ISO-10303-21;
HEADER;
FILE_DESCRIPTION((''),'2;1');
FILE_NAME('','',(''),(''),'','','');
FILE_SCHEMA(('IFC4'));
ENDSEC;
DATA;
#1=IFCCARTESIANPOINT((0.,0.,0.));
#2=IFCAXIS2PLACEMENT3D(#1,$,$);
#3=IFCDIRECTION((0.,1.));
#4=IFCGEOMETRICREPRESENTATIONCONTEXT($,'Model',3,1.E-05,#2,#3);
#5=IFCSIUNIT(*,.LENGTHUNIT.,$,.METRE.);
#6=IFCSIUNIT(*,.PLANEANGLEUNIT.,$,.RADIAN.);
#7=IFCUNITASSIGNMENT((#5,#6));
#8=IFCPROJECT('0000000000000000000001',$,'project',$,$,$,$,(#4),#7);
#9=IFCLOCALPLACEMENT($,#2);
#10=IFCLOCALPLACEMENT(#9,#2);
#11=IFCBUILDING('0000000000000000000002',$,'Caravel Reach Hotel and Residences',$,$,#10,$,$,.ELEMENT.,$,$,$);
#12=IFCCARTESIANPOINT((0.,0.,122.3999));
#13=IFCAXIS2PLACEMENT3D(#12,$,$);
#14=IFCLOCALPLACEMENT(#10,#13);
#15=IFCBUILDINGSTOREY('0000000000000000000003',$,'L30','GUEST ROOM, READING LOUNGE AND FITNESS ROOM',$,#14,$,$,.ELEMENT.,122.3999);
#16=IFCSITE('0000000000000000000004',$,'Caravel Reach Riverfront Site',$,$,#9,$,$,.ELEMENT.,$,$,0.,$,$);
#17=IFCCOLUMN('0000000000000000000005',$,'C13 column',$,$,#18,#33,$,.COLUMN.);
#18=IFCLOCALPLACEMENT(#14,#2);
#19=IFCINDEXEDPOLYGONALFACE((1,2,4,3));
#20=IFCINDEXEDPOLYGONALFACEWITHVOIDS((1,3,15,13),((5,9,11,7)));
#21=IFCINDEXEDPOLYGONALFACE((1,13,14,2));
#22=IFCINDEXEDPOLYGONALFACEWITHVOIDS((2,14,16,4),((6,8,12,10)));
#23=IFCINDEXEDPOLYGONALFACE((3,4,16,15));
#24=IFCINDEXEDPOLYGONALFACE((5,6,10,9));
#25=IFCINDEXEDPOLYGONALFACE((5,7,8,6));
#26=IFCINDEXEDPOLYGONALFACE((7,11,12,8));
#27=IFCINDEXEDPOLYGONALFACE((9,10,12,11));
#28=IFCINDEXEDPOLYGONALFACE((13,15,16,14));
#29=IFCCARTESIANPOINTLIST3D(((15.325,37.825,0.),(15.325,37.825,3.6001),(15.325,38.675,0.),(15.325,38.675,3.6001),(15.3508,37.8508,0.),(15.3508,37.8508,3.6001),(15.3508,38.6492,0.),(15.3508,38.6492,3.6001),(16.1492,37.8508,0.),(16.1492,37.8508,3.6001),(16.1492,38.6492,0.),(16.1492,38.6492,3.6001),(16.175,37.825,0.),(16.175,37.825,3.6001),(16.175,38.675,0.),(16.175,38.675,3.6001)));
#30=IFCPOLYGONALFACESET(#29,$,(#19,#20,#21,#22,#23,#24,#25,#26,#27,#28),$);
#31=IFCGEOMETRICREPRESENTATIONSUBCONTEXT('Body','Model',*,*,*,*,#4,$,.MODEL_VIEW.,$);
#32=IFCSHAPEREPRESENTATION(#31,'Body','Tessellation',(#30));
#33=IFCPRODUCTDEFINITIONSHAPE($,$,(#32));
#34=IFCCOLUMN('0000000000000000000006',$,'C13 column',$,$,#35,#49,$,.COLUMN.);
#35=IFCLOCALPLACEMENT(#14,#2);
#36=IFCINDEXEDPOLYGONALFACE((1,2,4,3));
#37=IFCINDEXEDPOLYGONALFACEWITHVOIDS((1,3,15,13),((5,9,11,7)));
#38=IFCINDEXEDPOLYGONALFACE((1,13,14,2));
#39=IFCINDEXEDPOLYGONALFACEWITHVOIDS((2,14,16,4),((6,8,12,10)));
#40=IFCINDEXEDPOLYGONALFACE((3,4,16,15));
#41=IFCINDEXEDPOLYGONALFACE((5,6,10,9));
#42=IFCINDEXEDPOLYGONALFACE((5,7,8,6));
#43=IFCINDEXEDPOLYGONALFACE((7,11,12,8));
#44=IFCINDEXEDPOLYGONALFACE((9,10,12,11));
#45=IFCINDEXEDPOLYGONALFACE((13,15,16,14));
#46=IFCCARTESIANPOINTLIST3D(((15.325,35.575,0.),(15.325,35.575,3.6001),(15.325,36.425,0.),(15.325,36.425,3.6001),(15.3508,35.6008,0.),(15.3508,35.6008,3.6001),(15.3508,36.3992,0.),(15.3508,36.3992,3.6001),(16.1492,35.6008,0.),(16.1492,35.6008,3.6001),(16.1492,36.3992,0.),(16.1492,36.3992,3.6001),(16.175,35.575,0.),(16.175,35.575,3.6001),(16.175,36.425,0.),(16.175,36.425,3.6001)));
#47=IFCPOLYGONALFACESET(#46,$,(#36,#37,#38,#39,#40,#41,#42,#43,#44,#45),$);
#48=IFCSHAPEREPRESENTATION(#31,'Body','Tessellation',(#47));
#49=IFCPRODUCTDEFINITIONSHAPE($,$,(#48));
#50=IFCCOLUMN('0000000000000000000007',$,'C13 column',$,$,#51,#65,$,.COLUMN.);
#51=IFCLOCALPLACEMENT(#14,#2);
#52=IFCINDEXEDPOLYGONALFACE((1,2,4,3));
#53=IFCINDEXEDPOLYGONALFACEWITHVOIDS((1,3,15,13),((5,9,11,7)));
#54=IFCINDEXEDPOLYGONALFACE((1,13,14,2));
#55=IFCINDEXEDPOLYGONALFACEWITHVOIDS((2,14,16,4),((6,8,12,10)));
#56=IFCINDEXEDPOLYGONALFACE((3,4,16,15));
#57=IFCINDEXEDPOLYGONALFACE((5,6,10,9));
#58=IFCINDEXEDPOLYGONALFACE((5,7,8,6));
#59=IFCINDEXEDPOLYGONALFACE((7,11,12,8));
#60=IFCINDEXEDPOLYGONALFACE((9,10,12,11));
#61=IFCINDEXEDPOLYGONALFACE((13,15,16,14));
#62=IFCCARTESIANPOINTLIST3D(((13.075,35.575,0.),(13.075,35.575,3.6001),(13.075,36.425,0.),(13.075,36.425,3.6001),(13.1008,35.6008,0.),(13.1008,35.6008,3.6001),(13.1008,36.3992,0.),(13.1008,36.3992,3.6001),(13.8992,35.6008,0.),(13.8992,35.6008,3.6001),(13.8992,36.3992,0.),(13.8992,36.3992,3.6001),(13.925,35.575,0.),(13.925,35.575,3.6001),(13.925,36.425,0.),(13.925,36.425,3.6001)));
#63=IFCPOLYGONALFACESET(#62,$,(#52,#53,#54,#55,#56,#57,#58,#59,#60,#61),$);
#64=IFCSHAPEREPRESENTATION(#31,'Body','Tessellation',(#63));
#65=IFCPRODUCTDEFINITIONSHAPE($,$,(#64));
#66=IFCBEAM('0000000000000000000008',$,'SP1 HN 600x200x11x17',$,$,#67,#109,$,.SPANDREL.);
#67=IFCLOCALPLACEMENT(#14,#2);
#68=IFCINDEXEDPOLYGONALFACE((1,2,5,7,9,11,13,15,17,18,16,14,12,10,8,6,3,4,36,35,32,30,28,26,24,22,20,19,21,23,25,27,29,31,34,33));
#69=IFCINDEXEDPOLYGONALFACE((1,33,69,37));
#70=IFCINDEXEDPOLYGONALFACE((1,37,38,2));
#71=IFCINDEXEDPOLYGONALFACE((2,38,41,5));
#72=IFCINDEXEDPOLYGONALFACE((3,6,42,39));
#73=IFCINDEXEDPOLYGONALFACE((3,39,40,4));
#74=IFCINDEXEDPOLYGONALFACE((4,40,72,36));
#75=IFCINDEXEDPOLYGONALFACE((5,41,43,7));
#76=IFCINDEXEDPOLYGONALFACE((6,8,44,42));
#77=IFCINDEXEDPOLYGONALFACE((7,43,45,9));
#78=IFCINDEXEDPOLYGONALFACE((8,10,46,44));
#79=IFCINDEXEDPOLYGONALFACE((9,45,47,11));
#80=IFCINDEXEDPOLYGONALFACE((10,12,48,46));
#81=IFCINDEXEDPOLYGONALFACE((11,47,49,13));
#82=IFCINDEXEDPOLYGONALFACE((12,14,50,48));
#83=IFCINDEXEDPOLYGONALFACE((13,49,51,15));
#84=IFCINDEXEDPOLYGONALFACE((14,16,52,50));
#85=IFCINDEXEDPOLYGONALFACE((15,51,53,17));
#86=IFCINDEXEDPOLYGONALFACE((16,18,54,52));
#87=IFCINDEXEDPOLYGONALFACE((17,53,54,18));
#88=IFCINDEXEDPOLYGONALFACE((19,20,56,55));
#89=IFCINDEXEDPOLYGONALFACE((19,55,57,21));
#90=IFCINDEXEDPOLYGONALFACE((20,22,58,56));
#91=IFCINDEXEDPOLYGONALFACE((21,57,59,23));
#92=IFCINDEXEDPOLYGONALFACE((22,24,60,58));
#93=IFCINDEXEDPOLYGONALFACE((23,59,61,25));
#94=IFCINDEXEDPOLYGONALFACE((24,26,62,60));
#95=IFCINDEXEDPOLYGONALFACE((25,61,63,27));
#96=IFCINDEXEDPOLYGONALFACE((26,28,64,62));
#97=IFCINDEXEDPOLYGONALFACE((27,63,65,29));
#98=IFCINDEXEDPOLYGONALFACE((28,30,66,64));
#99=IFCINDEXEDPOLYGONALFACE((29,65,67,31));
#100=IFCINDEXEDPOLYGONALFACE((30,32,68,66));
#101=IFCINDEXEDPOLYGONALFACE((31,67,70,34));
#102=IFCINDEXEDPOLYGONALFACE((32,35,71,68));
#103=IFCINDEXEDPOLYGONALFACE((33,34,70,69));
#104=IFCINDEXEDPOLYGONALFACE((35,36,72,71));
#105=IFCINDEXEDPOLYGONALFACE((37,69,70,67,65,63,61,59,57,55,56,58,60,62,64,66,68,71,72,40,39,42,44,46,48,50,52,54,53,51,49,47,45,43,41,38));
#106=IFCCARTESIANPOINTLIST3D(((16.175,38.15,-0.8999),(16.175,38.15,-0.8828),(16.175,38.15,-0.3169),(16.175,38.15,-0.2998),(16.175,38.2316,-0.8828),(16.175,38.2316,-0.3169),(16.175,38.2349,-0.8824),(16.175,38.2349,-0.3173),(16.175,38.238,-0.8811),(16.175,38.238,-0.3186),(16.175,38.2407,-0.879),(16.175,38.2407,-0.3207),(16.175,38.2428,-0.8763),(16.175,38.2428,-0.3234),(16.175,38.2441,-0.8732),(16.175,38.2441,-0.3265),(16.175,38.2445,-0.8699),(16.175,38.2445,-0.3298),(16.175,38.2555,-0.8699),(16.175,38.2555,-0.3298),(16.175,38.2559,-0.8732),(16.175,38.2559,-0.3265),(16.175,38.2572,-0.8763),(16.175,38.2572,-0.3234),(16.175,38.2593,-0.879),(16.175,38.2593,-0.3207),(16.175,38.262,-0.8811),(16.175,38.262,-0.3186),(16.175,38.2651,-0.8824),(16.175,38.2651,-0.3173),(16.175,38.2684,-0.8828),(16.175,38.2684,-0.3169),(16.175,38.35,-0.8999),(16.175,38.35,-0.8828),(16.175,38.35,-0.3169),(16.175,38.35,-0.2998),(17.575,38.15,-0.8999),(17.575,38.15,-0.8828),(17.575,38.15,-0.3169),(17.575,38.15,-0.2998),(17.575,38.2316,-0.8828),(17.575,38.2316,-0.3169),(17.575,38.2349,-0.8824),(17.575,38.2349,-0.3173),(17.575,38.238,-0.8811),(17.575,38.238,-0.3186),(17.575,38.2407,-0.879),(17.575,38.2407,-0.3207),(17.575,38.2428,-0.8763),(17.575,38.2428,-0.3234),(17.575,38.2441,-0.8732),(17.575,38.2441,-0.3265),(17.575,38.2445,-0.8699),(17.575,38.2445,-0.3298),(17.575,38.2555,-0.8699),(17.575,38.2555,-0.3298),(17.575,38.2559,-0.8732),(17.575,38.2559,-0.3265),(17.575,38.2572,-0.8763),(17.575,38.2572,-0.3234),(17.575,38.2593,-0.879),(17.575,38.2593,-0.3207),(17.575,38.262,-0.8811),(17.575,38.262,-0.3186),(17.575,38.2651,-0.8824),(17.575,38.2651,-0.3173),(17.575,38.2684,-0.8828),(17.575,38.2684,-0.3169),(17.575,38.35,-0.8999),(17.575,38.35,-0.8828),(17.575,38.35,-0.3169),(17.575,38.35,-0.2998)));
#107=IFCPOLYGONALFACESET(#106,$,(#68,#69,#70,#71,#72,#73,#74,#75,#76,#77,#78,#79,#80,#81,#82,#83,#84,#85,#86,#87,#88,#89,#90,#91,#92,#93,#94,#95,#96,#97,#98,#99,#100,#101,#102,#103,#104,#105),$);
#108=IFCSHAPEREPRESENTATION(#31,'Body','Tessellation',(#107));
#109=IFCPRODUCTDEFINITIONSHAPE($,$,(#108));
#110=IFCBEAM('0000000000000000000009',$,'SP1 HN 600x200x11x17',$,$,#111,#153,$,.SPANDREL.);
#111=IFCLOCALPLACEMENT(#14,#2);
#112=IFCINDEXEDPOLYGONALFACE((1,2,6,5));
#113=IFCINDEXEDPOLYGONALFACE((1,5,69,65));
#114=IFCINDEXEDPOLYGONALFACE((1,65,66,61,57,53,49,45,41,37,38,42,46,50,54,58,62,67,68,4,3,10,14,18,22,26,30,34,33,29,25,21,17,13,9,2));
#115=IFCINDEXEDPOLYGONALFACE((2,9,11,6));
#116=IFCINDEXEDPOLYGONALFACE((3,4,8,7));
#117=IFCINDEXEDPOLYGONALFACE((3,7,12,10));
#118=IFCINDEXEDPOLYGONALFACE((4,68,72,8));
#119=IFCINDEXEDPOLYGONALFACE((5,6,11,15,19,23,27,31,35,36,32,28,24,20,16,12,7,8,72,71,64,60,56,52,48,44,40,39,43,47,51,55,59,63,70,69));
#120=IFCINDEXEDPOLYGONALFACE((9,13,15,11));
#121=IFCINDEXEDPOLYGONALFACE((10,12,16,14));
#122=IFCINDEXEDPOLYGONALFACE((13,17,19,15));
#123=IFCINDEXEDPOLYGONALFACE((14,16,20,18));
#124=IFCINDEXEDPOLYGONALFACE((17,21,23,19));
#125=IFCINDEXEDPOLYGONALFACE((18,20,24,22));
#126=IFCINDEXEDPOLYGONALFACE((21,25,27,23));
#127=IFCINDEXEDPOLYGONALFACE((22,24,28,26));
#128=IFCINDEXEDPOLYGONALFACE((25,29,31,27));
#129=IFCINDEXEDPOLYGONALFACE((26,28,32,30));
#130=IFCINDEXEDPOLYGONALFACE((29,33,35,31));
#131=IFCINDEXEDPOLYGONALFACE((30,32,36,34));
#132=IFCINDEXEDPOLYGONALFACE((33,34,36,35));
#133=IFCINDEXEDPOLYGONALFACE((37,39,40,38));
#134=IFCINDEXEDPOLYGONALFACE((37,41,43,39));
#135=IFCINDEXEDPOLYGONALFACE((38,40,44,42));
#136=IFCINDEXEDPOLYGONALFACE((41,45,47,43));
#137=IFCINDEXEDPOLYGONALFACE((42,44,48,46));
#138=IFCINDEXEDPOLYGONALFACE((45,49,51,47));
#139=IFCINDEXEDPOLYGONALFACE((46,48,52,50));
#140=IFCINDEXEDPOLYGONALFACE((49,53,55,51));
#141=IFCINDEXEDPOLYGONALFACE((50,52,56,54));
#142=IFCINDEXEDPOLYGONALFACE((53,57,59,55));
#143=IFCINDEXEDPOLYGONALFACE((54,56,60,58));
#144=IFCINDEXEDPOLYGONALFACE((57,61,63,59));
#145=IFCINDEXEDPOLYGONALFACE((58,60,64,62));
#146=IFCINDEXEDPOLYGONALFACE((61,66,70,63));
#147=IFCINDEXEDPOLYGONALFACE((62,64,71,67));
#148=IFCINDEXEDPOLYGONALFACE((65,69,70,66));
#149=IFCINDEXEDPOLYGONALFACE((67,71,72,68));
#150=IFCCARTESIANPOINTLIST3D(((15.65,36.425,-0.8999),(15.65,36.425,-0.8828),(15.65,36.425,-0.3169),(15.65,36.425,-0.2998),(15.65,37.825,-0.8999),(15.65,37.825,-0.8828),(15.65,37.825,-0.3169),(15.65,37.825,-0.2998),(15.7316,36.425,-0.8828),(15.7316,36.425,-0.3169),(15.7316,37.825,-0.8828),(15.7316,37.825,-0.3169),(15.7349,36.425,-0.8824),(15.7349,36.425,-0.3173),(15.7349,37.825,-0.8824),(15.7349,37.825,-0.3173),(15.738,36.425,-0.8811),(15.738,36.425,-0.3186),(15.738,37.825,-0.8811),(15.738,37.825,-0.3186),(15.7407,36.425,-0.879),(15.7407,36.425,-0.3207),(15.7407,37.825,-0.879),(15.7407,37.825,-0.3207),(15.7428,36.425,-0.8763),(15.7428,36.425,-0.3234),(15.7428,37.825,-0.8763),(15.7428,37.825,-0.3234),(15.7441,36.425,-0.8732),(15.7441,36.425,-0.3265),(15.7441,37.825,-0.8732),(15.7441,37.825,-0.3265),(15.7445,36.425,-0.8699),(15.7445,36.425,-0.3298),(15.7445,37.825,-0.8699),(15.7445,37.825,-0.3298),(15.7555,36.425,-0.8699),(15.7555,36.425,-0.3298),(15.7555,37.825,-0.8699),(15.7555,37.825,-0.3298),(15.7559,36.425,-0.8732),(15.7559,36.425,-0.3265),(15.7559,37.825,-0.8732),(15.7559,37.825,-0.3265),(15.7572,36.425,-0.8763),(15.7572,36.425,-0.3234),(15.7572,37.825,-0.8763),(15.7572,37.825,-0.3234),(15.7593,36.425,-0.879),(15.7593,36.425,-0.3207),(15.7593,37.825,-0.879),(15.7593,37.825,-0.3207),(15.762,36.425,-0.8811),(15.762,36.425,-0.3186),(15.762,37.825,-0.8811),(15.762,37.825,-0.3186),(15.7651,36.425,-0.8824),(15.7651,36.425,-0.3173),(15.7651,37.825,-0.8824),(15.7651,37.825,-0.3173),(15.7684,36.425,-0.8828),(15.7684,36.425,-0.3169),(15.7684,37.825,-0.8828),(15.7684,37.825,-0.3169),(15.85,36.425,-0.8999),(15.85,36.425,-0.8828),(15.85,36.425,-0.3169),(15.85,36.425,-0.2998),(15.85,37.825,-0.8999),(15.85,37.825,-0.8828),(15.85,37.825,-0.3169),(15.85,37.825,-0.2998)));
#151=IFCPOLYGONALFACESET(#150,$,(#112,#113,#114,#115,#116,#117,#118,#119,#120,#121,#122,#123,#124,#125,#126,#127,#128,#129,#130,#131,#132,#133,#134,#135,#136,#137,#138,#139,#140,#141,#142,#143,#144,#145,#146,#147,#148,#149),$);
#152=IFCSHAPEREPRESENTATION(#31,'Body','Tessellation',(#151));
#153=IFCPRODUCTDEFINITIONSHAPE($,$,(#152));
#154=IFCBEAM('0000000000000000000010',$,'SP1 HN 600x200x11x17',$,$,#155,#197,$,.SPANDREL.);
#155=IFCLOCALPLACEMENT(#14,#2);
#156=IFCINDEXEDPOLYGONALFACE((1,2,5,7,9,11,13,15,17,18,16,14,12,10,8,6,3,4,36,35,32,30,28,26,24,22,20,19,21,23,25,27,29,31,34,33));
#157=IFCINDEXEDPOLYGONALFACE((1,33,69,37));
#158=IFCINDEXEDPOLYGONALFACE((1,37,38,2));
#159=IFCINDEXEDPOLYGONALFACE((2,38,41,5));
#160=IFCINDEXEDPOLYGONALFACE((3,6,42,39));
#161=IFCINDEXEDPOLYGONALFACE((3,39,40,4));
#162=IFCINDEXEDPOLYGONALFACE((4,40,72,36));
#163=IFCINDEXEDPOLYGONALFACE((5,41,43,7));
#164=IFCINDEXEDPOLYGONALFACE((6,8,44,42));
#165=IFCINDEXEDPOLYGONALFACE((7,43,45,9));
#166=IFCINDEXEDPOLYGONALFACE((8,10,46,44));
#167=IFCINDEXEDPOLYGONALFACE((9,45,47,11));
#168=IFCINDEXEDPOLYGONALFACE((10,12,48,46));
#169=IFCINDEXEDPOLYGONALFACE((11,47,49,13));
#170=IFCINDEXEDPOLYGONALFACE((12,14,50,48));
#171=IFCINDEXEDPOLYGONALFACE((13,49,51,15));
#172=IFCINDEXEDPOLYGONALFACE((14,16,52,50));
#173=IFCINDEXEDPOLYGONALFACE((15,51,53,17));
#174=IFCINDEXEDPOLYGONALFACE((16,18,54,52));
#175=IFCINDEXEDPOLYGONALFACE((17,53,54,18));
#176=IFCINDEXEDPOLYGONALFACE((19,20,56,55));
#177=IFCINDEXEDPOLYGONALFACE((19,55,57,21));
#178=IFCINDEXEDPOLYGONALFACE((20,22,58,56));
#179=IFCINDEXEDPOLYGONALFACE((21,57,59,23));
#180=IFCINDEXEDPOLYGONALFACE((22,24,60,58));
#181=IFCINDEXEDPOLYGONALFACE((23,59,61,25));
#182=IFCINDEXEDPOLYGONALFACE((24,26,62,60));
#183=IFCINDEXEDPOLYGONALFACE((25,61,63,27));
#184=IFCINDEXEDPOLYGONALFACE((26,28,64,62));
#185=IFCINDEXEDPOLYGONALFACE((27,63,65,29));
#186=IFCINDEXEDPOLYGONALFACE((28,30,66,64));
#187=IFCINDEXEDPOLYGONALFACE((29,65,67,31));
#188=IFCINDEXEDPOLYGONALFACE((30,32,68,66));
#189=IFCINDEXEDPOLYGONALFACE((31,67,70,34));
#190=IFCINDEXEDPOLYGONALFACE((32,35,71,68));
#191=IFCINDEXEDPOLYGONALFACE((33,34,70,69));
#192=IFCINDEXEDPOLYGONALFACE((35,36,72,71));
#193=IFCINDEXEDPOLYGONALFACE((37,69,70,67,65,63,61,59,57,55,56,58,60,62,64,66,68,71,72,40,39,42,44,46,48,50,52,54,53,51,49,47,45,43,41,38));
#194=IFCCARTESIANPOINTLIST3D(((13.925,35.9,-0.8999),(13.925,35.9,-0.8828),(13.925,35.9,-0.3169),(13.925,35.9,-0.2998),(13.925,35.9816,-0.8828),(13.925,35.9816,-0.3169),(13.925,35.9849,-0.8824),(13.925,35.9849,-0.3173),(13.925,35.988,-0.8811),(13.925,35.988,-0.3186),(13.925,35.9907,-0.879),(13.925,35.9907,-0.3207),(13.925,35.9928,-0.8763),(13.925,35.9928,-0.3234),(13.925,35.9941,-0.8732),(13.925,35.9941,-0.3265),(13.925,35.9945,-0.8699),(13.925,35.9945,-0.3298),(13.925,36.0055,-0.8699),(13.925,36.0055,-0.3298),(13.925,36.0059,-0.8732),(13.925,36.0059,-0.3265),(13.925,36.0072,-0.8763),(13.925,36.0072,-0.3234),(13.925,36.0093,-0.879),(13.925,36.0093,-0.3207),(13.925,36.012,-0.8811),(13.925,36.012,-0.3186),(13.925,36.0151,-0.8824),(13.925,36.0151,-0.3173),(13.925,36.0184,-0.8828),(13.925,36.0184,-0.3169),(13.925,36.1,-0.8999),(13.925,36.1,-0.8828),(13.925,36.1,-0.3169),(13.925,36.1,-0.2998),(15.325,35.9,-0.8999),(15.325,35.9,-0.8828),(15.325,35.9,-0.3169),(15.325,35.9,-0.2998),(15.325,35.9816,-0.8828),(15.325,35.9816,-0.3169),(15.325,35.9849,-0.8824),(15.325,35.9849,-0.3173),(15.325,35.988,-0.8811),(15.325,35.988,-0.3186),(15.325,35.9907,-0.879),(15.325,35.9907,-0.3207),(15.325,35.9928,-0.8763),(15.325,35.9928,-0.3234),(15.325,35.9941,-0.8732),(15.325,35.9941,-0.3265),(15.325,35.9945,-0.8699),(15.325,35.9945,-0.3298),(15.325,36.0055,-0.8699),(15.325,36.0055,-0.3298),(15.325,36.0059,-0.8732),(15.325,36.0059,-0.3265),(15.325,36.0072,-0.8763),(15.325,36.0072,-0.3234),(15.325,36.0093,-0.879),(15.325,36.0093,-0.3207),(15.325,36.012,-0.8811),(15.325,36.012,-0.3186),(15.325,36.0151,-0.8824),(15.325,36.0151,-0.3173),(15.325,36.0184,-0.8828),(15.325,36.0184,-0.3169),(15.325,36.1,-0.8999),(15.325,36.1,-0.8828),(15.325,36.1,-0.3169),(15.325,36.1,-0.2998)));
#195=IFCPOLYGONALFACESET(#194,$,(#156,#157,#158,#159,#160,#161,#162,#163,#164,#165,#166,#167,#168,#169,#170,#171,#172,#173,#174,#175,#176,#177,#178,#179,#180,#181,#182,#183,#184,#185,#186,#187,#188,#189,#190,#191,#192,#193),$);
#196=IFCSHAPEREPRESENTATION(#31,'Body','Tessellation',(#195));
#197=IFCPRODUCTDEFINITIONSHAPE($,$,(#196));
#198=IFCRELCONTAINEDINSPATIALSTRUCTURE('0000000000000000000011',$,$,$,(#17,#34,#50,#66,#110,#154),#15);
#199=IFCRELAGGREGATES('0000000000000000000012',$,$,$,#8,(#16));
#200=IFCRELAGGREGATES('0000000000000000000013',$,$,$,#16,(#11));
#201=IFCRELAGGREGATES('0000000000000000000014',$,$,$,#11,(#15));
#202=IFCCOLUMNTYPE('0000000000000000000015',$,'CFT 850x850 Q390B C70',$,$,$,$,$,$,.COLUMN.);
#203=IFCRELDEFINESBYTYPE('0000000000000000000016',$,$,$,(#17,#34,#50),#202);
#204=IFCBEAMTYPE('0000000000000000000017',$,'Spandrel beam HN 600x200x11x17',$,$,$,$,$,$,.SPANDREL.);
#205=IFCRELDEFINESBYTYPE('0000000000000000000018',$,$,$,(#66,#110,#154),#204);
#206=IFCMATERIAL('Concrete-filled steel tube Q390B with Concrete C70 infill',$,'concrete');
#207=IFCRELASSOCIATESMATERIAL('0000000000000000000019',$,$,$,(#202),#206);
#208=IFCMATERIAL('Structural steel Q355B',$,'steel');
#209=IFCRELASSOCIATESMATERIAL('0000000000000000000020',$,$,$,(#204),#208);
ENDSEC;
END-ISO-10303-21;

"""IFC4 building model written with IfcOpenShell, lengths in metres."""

from ifc_helpers import new_model, si_unit, direction, frame, origin, origin_2d, place, context, subcontext, project, spatial, hollow_rectangle, i_section, extrude, material, material_profile, profile_set, type_object, element, save


model = new_model("IFC4")

# Units and contexts
model_context = context("Model", 3, precision=1e-05, world=origin(), true_north=direction((0.0, 1.0)))
body_context = subcontext(model_context, "Body", "Model", "MODEL_VIEW")
ifc_project = project(units=[si_unit("LENGTHUNIT", "METRE"), si_unit("PLANEANGLEUNIT", "RADIAN")], contexts=[model_context])

# Site, building, storey
site_placement = place(None, origin())
site = spatial("IfcSite", under=ifc_project, at=site_placement, Name="Caravel Reach Riverfront Site", CompositionType="ELEMENT", RefElevation=0.0)
building_placement = place(site_placement, origin())
building = spatial("IfcBuilding", under=site, at=building_placement, Name="Caravel Reach Hotel and Residences", CompositionType="ELEMENT")
storey_placement = place(building_placement, frame((0.0, 0.0, 122.3999)))
storey = spatial("IfcBuildingStorey", under=building, at=storey_placement, Name="L30", Description="GUEST ROOM, READING LOUNGE AND FITNESS ROOM", CompositionType="ELEMENT", Elevation=122.3999)

# Columns
ifc_material_1 = material(Name="Concrete-filled steel tube Q390B with Concrete C70 infill", Category="concrete")
ifc_material_profile_1 = material_profile(ifc_material_1, hollow_rectangle(XDim=0.8501, YDim=0.8501, WallThickness=0.0259, at=origin_2d()), Name="RHS 850x850x26")
ifc_profile_set_1 = profile_set([ifc_material_profile_1], Name="Concrete-filled steel tube Q390B with Concrete C70 infill")
column_type = type_object("IfcColumnType", Name="CFT 850x850 Q390B C70", PredefinedType="COLUMN", material=ifc_profile_set_1)
for number, where, z_axis, x_axis, name in (
    (1, (15.75, 38.25, 0.0), (0.0, 0.0, 1.0), (1.0, 0.0, 0.0), "C13 column"),
    (2, (15.75, 36.0, 0.0), (0.0, 0.0, 1.0), (1.0, 0.0, 0.0), "C13 column"),
    (3, (13.5, 36.0, 0.0), (0.0, 0.0, 1.0), (1.0, 0.0, 0.0), "C13 column"),
):
    element("IfcColumn", number, at=place(storey_placement, frame(where, z_axis=z_axis, x_axis=x_axis)), inside=storey, type_object=column_type, Name=name, PredefinedType="COLUMN", context=body_context, shape_type="SweptSolid", body=[
        extrude(hollow_rectangle(XDim=0.8501, YDim=0.8501, WallThickness=0.0259, at=origin_2d()), origin(), (0.0, 0.0, 1.0), 3.6001),
    ])

# Beams
ifc_material_2 = material(Name="Structural steel Q355B", Category="steel")
ifc_material_profile_2 = material_profile(ifc_material_2, i_section(OverallWidth=0.2, OverallDepth=0.6001, WebThickness=0.011, FlangeThickness=0.0171, FilletRadius=0.0129, at=origin_2d()), Name="HN 600x200x11x17")
ifc_profile_set_2 = profile_set([ifc_material_profile_2], Name="Structural steel Q355B")
beam_type = type_object("IfcBeamType", Name="Spandrel beam HN 600x200x11x17", PredefinedType="SPANDREL", material=ifc_profile_set_2)
for number, where, z_axis, x_axis, name in (
    (4, (17.575, 38.25, -0.5999), (-1.0, 0.0, 0.0), (0.0, -1.0, 0.0), "SP1 HN 600x200x11x17"),
    (5, (15.75, 37.825, -0.5999), (0.0, -1.0, 0.0), (1.0, 0.0, 0.0), "SP1 HN 600x200x11x17"),
    (6, (15.325, 36.0, -0.5999), (-1.0, 0.0, 0.0), (0.0, -1.0, 0.0), "SP1 HN 600x200x11x17"),
):
    element("IfcBeam", number, at=place(storey_placement, frame(where, z_axis=z_axis, x_axis=x_axis)), inside=storey, type_object=beam_type, Name=name, PredefinedType="SPANDREL", context=body_context, shape_type="SweptSolid", body=[
        extrude(i_section(OverallWidth=0.2, OverallDepth=0.6001, WebThickness=0.011, FlangeThickness=0.0171, FilletRadius=0.0129, at=origin_2d()), origin(), (0.0, 0.0, 1.0), 1.3999),
    ])

save(model, "model.ifc")
